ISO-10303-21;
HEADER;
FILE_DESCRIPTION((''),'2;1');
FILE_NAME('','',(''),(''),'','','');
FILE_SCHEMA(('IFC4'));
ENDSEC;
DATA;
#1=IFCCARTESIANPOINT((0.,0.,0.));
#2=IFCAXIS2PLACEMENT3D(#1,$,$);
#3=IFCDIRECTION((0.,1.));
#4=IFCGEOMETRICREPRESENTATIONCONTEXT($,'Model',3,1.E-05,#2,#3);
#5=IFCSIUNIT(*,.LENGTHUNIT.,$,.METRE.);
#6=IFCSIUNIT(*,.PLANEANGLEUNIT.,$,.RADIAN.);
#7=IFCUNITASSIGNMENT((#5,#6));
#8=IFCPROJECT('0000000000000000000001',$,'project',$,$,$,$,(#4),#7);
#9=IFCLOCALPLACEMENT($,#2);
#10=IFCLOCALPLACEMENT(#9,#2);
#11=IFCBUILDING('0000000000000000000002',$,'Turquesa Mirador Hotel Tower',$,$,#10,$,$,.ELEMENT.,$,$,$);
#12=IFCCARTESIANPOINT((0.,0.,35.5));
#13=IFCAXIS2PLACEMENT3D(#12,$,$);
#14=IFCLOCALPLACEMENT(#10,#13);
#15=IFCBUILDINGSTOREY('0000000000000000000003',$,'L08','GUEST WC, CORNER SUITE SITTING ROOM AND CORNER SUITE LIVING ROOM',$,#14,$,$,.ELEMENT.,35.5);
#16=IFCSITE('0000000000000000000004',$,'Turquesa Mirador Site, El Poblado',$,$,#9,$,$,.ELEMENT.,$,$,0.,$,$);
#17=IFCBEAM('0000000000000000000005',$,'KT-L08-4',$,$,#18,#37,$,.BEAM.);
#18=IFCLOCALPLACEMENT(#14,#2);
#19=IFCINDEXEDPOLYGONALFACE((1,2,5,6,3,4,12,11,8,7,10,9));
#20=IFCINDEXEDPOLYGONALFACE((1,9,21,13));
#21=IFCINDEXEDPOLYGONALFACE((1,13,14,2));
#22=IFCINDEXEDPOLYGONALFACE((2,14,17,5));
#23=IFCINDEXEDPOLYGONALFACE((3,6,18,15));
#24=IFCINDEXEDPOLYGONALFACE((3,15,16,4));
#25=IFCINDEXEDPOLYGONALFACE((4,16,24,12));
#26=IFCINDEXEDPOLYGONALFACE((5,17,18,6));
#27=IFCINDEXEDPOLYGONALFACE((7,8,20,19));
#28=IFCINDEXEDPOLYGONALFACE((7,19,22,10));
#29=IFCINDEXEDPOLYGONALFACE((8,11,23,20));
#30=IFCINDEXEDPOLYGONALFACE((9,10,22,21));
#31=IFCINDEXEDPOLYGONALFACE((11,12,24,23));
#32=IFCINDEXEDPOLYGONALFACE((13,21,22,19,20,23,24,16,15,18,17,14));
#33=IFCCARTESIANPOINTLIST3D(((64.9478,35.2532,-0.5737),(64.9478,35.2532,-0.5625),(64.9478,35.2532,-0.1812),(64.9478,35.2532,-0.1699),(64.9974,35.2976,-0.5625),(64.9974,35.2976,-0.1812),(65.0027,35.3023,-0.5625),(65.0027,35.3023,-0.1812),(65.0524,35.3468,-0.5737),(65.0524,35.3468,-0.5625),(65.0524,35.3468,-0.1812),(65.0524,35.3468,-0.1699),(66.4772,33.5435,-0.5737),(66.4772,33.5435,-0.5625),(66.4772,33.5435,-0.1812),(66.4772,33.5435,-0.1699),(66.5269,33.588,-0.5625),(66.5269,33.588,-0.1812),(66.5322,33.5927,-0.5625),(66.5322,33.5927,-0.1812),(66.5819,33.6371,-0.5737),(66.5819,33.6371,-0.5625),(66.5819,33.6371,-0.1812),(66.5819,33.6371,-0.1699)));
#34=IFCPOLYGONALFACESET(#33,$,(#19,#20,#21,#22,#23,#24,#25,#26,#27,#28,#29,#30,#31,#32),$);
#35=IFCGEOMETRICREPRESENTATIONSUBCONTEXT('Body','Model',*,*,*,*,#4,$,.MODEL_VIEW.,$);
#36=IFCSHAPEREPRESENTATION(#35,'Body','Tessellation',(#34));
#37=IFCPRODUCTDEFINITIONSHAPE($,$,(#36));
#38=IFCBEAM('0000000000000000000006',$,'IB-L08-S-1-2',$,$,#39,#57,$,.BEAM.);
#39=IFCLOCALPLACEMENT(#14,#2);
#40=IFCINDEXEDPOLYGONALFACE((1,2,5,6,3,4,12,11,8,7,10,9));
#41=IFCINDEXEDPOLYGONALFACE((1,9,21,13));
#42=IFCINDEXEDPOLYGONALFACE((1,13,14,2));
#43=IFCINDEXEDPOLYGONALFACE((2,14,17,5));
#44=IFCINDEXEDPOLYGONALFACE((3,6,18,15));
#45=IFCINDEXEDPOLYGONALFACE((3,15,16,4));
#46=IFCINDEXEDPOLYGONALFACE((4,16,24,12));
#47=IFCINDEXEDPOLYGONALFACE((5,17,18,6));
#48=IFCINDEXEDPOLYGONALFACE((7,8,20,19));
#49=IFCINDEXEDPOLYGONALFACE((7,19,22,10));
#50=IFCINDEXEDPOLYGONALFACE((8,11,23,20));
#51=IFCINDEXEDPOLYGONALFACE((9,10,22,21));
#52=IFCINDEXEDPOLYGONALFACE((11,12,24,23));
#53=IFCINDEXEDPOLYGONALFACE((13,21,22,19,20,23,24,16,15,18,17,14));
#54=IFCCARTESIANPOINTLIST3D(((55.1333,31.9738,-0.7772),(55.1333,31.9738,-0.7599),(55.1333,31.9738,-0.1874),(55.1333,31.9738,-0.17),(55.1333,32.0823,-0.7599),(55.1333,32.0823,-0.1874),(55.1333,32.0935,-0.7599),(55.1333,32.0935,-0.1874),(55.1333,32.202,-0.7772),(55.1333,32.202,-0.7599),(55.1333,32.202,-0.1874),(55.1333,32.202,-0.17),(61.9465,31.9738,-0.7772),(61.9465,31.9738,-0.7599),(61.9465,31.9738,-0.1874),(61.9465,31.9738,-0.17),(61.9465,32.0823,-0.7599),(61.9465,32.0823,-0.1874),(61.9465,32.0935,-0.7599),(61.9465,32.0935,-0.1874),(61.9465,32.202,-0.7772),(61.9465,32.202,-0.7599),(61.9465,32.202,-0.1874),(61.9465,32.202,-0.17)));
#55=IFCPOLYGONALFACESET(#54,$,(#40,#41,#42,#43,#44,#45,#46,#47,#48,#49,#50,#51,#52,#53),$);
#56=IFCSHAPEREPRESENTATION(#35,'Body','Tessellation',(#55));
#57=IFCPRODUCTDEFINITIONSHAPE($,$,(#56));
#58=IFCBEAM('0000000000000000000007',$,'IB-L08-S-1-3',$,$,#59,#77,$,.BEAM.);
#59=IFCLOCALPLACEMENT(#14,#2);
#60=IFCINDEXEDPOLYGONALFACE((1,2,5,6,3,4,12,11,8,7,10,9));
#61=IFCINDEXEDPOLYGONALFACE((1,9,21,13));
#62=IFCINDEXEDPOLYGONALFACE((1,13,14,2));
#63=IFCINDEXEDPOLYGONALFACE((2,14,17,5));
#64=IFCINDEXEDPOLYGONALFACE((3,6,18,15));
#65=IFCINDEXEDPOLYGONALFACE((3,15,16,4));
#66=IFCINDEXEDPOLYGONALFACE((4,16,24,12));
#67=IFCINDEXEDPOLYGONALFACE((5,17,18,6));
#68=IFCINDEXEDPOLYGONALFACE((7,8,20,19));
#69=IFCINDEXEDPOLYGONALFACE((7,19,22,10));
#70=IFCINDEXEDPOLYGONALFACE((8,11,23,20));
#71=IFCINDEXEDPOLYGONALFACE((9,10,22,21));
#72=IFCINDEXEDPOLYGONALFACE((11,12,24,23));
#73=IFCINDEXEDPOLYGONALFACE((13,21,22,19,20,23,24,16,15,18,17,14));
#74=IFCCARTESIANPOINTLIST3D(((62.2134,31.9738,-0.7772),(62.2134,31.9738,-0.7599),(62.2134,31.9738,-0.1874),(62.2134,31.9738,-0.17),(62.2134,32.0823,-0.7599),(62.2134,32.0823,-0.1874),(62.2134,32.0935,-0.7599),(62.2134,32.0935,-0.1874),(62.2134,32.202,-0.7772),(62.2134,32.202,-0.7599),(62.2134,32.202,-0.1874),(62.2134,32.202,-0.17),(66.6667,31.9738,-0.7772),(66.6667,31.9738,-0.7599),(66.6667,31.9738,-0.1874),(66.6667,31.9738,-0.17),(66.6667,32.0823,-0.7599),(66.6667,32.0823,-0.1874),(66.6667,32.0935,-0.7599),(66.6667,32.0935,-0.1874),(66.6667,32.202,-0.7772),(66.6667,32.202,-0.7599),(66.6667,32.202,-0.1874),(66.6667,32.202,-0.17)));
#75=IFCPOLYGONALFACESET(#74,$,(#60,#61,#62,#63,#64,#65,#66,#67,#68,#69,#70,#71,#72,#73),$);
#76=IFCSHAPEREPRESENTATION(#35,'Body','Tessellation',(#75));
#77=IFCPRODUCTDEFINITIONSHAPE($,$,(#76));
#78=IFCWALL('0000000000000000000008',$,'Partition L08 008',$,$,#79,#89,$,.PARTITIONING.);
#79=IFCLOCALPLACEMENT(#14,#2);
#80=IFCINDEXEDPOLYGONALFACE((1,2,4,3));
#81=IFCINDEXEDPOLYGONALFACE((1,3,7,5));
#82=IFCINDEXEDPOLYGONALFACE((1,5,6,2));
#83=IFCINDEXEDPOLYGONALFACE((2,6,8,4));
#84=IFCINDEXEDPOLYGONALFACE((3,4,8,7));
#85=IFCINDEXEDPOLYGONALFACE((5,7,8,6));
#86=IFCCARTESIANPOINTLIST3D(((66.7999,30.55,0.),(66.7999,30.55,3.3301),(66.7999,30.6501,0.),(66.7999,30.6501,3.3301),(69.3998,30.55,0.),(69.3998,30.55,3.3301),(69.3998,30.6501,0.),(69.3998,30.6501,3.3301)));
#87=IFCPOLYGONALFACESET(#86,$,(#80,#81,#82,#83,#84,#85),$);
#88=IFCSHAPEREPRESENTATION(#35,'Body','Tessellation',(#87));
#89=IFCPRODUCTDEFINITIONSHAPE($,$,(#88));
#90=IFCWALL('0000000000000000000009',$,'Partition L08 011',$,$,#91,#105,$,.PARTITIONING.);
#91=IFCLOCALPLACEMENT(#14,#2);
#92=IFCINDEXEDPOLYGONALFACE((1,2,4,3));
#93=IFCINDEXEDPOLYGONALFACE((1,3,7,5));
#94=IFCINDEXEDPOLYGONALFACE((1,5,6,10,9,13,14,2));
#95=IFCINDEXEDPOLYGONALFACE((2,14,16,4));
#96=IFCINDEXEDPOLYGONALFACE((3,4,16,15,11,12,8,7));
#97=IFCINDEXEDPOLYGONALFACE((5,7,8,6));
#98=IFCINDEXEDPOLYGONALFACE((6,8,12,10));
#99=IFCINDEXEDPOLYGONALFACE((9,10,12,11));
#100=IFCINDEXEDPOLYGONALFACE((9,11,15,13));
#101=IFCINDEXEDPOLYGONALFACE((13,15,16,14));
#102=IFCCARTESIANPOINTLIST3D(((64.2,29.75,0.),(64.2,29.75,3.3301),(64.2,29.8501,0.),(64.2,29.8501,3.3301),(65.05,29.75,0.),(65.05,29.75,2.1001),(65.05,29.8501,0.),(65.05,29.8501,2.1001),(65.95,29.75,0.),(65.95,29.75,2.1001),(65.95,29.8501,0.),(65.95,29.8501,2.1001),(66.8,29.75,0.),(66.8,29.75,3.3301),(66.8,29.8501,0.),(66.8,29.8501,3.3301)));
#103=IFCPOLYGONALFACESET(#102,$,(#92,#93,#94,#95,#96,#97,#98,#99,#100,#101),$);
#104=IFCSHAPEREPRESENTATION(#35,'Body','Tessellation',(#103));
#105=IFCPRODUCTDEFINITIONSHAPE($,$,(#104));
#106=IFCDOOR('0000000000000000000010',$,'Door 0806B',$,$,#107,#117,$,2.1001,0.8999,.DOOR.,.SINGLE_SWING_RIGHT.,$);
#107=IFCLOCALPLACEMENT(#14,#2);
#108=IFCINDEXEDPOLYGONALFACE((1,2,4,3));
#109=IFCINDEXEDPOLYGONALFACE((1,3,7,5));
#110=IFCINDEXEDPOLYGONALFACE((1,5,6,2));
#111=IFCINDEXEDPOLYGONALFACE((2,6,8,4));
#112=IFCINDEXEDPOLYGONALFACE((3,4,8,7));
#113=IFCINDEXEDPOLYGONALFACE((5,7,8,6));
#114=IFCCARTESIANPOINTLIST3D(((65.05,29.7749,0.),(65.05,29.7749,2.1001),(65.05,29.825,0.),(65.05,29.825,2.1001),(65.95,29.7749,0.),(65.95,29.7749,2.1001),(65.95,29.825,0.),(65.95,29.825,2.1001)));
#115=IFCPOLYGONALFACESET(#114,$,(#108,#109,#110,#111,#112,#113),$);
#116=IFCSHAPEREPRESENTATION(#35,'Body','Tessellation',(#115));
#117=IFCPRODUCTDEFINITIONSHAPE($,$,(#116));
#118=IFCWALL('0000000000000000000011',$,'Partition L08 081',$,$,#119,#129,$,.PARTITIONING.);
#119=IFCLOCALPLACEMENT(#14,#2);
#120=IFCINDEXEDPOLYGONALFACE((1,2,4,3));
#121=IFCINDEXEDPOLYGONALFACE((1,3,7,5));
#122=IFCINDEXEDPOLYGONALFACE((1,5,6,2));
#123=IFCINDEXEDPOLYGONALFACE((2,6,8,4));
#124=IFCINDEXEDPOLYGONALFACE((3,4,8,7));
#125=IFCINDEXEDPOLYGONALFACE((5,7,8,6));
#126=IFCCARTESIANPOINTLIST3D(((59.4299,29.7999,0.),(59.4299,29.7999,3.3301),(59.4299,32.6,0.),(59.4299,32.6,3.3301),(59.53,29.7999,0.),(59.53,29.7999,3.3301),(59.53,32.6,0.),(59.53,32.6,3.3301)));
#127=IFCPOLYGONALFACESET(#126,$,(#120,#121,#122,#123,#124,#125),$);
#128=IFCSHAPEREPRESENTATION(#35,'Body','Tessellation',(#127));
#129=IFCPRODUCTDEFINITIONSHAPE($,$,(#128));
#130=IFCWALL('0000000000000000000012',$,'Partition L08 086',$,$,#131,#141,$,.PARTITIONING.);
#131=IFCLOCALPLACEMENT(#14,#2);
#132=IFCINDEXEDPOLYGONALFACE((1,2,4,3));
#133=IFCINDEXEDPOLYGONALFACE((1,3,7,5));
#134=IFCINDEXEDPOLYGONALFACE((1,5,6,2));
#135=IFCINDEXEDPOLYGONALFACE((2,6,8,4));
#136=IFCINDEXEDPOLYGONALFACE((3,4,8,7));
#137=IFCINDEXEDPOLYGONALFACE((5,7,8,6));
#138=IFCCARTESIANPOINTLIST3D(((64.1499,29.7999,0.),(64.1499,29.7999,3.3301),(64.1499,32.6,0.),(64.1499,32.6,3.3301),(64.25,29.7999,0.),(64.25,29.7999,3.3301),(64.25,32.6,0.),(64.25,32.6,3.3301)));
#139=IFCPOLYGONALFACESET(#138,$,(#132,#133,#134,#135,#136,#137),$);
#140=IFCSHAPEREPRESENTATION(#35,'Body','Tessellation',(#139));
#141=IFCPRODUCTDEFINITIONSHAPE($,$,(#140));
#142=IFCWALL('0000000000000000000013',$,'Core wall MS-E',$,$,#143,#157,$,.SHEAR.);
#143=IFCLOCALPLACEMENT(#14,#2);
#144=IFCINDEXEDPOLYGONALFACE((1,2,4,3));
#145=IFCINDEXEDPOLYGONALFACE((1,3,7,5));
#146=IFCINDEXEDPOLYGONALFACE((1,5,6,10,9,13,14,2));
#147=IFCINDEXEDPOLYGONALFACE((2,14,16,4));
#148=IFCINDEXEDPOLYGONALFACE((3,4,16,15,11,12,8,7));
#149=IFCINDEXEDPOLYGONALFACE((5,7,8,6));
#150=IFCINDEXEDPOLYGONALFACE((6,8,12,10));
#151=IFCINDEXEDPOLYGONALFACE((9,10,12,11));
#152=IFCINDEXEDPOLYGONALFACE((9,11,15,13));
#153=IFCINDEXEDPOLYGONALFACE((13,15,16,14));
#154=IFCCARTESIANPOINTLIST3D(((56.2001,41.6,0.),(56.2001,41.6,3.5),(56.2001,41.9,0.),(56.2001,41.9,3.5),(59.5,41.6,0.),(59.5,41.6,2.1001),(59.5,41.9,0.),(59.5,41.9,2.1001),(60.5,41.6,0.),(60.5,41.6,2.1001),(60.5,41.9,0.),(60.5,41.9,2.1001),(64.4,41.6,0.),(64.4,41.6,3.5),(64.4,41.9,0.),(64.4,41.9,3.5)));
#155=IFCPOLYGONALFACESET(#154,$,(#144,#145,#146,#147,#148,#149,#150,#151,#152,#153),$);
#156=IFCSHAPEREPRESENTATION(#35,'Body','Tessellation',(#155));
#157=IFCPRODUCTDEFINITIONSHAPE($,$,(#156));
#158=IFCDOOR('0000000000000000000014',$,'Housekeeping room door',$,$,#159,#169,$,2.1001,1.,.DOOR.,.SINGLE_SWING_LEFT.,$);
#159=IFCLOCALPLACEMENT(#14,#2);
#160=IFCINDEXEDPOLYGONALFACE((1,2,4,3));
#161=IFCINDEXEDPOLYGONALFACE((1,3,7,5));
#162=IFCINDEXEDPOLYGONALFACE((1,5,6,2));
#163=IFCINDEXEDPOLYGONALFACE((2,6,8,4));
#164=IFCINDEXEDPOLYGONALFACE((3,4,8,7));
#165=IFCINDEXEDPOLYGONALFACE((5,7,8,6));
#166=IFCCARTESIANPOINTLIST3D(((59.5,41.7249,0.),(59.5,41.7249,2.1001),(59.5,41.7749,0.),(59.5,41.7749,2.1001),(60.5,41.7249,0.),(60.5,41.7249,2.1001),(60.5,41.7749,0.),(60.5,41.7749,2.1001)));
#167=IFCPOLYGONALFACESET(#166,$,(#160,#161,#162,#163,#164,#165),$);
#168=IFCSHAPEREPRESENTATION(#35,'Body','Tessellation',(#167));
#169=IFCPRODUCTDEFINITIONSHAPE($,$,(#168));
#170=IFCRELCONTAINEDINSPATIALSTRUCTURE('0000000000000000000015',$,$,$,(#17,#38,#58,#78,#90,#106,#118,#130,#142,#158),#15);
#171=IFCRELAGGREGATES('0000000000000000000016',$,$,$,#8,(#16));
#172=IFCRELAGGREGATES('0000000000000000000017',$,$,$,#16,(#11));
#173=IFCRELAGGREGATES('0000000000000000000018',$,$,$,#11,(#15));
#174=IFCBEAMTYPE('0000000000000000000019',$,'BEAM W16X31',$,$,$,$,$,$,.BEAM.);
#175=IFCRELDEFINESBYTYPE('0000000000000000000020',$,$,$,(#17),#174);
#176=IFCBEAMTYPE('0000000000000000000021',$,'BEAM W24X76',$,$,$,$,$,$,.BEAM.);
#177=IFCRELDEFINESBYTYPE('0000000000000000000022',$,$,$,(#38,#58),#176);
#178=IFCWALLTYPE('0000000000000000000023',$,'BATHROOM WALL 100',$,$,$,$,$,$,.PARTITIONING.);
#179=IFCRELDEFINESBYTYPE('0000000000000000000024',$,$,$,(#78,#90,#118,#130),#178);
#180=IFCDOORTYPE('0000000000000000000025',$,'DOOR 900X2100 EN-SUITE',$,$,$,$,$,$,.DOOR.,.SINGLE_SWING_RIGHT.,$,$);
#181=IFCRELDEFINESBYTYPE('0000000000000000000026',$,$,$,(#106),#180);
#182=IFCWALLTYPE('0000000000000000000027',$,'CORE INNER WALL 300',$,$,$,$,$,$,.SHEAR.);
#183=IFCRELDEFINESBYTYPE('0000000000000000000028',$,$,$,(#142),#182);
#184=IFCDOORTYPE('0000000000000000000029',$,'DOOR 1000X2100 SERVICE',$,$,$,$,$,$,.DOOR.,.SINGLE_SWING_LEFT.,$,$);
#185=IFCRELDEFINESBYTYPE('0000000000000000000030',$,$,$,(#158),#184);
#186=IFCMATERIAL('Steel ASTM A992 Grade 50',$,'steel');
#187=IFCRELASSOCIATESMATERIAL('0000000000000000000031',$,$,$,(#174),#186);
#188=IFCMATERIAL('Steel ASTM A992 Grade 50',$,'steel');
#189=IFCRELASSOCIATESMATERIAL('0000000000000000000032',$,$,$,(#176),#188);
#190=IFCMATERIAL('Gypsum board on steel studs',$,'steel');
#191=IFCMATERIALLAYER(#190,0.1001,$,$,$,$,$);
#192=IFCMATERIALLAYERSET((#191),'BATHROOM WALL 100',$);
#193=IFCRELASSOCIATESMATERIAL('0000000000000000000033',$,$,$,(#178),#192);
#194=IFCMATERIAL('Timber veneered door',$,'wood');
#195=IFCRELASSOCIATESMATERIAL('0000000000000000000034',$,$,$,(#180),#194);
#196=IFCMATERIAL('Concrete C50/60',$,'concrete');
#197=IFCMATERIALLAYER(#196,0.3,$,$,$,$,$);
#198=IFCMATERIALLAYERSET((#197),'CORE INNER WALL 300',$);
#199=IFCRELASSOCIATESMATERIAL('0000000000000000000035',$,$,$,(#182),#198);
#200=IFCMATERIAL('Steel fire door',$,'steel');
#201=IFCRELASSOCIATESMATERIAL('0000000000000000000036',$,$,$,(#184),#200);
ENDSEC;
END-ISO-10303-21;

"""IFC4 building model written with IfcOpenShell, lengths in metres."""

from ifc_helpers import new_model, si_unit, direction, frame, frame_2d, origin, origin_2d, place, context, subcontext, project, spatial, rectangle, i_section, extrude, material, layer, layer_set, material_profile, profile_set, type_object, element, fill, save


model = new_model("IFC4")

# Units and contexts
model_context = context("Model", 3, precision=1e-05, world=origin(), true_north=direction((0.0, 1.0)))
body_context = subcontext(model_context, "Body", "Model", "MODEL_VIEW")
ifc_project = project(units=[si_unit("LENGTHUNIT", "METRE"), si_unit("PLANEANGLEUNIT", "RADIAN")], contexts=[model_context])

# Site, building, storey
site_placement = place(None, origin())
site = spatial("IfcSite", under=ifc_project, at=site_placement, Name="Turquesa Mirador Site, El Poblado", CompositionType="ELEMENT", RefElevation=0.0)
building_placement = place(site_placement, origin())
building = spatial("IfcBuilding", under=site, at=building_placement, Name="Turquesa Mirador Hotel Tower", CompositionType="ELEMENT")
storey_placement = place(building_placement, frame((0.0, 0.0, 35.5)))
storey = spatial("IfcBuildingStorey", under=building, at=storey_placement, Name="L08", Description="GUEST WC, CORNER SUITE SITTING ROOM AND CORNER SUITE LIVING ROOM", CompositionType="ELEMENT", Elevation=35.5)

# Beams
ifc_material_1 = material(Name="Steel ASTM A992 Grade 50", Category="steel")
ifc_material_profile_1 = material_profile(ifc_material_1, i_section(OverallWidth=0.1404, OverallDepth=0.4038, WebThickness=0.0071, FlangeThickness=0.0112, at=origin_2d()), Name="W16X31")
ifc_profile_set_1 = profile_set([ifc_material_profile_1], Name="Steel ASTM A992 Grade 50")
beam_type_1 = type_object("IfcBeamType", Name="BEAM W16X31", PredefinedType="BEAM", material=ifc_profile_set_1)
beam_1_placement = place(storey_placement, frame((66.5295, 33.5903, -0.3718), z_axis=(-0.666745, 0.745286, 0.0), x_axis=(-0.745286, -0.666745, 0.0)))
element("IfcBeam", 1, at=beam_1_placement, inside=storey, type_object=beam_type_1, Name="KT-L08-4", PredefinedType="BEAM", context=body_context, shape_type="SweptSolid", body=[
    extrude(i_section(OverallWidth=0.1404, OverallDepth=0.4038, WebThickness=0.0071, FlangeThickness=0.0112, at=origin_2d()), origin(), (0.0, 0.0, 1.0), 2.2939),
])
ifc_material_2 = material(Name="Steel ASTM A992 Grade 50", Category="steel")
ifc_material_profile_2 = material_profile(ifc_material_2, i_section(OverallWidth=0.2283, OverallDepth=0.6072, WebThickness=0.0112, FlangeThickness=0.0173, at=origin_2d()), Name="W24X76")
ifc_profile_set_2 = profile_set([ifc_material_profile_2], Name="Steel ASTM A992 Grade 50")
beam_type_2 = type_object("IfcBeamType", Name="BEAM W24X76", PredefinedType="BEAM", material=ifc_profile_set_2)
beam_2_placement = place(storey_placement, frame((55.1333, 32.0879, -0.4736), z_axis=(1.0, 0.0, 0.0), x_axis=(0.0, 1.0, 0.0)))
element("IfcBeam", 2, at=beam_2_placement, inside=storey, type_object=beam_type_2, Name="IB-L08-S-1-2", PredefinedType="BEAM", context=body_context, shape_type="SweptSolid", body=[
    extrude(i_section(OverallWidth=0.2283, OverallDepth=0.6072, WebThickness=0.0112, FlangeThickness=0.0173, at=origin_2d()), origin(), (0.0, 0.0, 1.0), 6.8132),
])
beam_3_placement = place(storey_placement, frame((62.2134, 32.0879, -0.4736), z_axis=(1.0, 0.0, 0.0), x_axis=(0.0, 1.0, 0.0)))
element("IfcBeam", 3, at=beam_3_placement, inside=storey, type_object=beam_type_2, Name="IB-L08-S-1-3", PredefinedType="BEAM", context=body_context, shape_type="SweptSolid", body=[
    extrude(i_section(OverallWidth=0.2283, OverallDepth=0.6072, WebThickness=0.0112, FlangeThickness=0.0173, at=origin_2d()), origin(), (0.0, 0.0, 1.0), 4.4534),
])

# Wall
ifc_material_3 = material(Name="Gypsum board on steel studs", Category="steel")
ifc_layer_1 = layer(ifc_material_3, 0.1001)
ifc_layer_set_1 = layer_set([ifc_layer_1], Name="BATHROOM WALL 100")
wall_type_1 = type_object("IfcWallType", Name="BATHROOM WALL 100", PredefinedType="PARTITIONING", material=ifc_layer_set_1)
wall_1_placement = place(storey_placement, frame((66.8, 30.6001, 0.0), z_axis=(0.0, 0.0, 1.0), x_axis=(1.0, 0.0, 0.0)))
element("IfcWall", 4, at=wall_1_placement, inside=storey, type_object=wall_type_1, Name="Partition L08 008", PredefinedType="PARTITIONING", context=body_context, shape_type="SweptSolid", body=[
    extrude(rectangle(XDim=2.5999, YDim=0.1001, at=frame_2d((1.2998, 0.0))), origin(), (0.0, 0.0, 1.0), 3.3301),
])

# Wall, opening, door
wall_2_placement = place(storey_placement, frame((64.2, 29.8, 0.0), z_axis=(0.0, 0.0, 1.0), x_axis=(1.0, 0.0, 0.0)))
wall_2 = element("IfcWall", 5, at=wall_2_placement, inside=storey, type_object=wall_type_1, Name="Partition L08 011", PredefinedType="PARTITIONING", context=body_context, shape_type="SweptSolid", body=[
    extrude(rectangle(XDim=2.6001, YDim=0.1001, at=frame_2d((1.3, 0.0))), origin(), (0.0, 0.0, 1.0), 3.3301),
])
opening_1_placement = place(wall_2_placement, frame((0.8501, 0.0, 0.0)))
opening_1 = element("IfcOpeningElement", 6, at=opening_1_placement, cuts=wall_2, PredefinedType="OPENING", context=body_context, shape_type="SweptSolid", body=[
    extrude(rectangle(XDim=0.8999, YDim=2.1001, at=frame_2d((0.45, 1.05))), frame((0.0, 0.0601, 0.0), z_axis=(0.0, -1.0, 0.0), x_axis=(1.0, 0.0, 0.0)), (0.0, 0.0, 1.0), 0.1201),
])
ifc_material_4 = material(Name="Timber veneered door", Category="wood")
door_type_1 = type_object("IfcDoorType", Name="DOOR 900X2100 EN-SUITE", OperationType="SINGLE_SWING_RIGHT", PredefinedType="DOOR", material=ifc_material_4)
door_1_placement = place(opening_1_placement, origin())
door_1 = element("IfcDoor", 7, at=door_1_placement, inside=storey, type_object=door_type_1, Name="Door 0806B", OperationType="SINGLE_SWING_RIGHT", OverallHeight=2.1001, OverallWidth=0.8999, PredefinedType="DOOR", context=body_context, shape_type="SweptSolid", body=[
    extrude(rectangle(XDim=0.8999, YDim=2.1001, at=frame_2d((0.45, 1.05))), frame((0.0, 0.0249, 0.0), z_axis=(0.0, -1.0, 0.0), x_axis=(1.0, 0.0, 0.0)), (0.0, 0.0, 1.0), 0.05),
])
fill(opening_1, door_1)

# Walls
for number, where, z_axis, x_axis, name in (
    (8, (59.48, 29.8, 0.0), (0.0, 0.0, 1.0), (0.0, 1.0, 0.0), "Partition L08 081"),
    (9, (64.2, 29.8, 0.0), (0.0, 0.0, 1.0), (0.0, 1.0, 0.0), "Partition L08 086"),
):
    element("IfcWall", number, at=place(storey_placement, frame(where, z_axis=z_axis, x_axis=x_axis)), inside=storey, type_object=wall_type_1, Name=name, PredefinedType="PARTITIONING", context=body_context, shape_type="SweptSolid", body=[
        extrude(rectangle(XDim=2.8, YDim=0.1001, at=frame_2d((1.3999, 0.0))), origin(), (0.0, 0.0, 1.0), 3.3301),
    ])

# Wall, opening, door
ifc_material_5 = material(Name="Concrete C50/60", Category="concrete")
ifc_layer_2 = layer(ifc_material_5, 0.3)
ifc_layer_set_2 = layer_set([ifc_layer_2], Name="CORE INNER WALL 300")
wall_type_2 = type_object("IfcWallType", Name="CORE INNER WALL 300", PredefinedType="SHEAR", material=ifc_layer_set_2)
wall_3_placement = place(storey_placement, frame((56.2, 41.75, 0.0), z_axis=(0.0, 0.0, 1.0), x_axis=(1.0, 0.0, 0.0)))
wall_3 = element("IfcWall", 10, at=wall_3_placement, inside=storey, type_object=wall_type_2, Name="Core wall MS-E", PredefinedType="SHEAR", context=body_context, shape_type="SweptSolid", body=[
    extrude(rectangle(XDim=8.2, YDim=0.3, at=frame_2d((4.1001, 0.0))), origin(), (0.0, 0.0, 1.0), 3.5),
])
opening_2_placement = place(wall_3_placement, frame((3.3, 0.0, 0.0)))
opening_2 = element("IfcOpeningElement", 11, at=opening_2_placement, cuts=wall_3, PredefinedType="OPENING", context=body_context, shape_type="SweptSolid", body=[
    extrude(rectangle(XDim=1.0, YDim=2.1001, at=frame_2d((0.5, 1.05))), frame((0.0, 0.1599, 0.0), z_axis=(0.0, -1.0, 0.0), x_axis=(1.0, 0.0, 0.0)), (0.0, 0.0, 1.0), 0.3201),
])
ifc_material_6 = material(Name="Steel fire door", Category="steel")
door_type_2 = type_object("IfcDoorType", Name="DOOR 1000X2100 SERVICE", OperationType="SINGLE_SWING_LEFT", PredefinedType="DOOR", material=ifc_material_6)
door_2_placement = place(opening_2_placement, origin())
door_2 = element("IfcDoor", 12, at=door_2_placement, inside=storey, type_object=door_type_2, Name="Housekeeping room door", OperationType="SINGLE_SWING_LEFT", OverallHeight=2.1001, OverallWidth=1.0, PredefinedType="DOOR", context=body_context, shape_type="SweptSolid", body=[
    extrude(rectangle(XDim=1.0, YDim=2.1001, at=frame_2d((0.5, 1.05))), frame((0.0, 0.0249, 0.0), z_axis=(0.0, -1.0, 0.0), x_axis=(1.0, 0.0, 0.0)), (0.0, 0.0, 1.0), 0.05),
])
fill(opening_2, door_2)

save(model, "model.ifc")
